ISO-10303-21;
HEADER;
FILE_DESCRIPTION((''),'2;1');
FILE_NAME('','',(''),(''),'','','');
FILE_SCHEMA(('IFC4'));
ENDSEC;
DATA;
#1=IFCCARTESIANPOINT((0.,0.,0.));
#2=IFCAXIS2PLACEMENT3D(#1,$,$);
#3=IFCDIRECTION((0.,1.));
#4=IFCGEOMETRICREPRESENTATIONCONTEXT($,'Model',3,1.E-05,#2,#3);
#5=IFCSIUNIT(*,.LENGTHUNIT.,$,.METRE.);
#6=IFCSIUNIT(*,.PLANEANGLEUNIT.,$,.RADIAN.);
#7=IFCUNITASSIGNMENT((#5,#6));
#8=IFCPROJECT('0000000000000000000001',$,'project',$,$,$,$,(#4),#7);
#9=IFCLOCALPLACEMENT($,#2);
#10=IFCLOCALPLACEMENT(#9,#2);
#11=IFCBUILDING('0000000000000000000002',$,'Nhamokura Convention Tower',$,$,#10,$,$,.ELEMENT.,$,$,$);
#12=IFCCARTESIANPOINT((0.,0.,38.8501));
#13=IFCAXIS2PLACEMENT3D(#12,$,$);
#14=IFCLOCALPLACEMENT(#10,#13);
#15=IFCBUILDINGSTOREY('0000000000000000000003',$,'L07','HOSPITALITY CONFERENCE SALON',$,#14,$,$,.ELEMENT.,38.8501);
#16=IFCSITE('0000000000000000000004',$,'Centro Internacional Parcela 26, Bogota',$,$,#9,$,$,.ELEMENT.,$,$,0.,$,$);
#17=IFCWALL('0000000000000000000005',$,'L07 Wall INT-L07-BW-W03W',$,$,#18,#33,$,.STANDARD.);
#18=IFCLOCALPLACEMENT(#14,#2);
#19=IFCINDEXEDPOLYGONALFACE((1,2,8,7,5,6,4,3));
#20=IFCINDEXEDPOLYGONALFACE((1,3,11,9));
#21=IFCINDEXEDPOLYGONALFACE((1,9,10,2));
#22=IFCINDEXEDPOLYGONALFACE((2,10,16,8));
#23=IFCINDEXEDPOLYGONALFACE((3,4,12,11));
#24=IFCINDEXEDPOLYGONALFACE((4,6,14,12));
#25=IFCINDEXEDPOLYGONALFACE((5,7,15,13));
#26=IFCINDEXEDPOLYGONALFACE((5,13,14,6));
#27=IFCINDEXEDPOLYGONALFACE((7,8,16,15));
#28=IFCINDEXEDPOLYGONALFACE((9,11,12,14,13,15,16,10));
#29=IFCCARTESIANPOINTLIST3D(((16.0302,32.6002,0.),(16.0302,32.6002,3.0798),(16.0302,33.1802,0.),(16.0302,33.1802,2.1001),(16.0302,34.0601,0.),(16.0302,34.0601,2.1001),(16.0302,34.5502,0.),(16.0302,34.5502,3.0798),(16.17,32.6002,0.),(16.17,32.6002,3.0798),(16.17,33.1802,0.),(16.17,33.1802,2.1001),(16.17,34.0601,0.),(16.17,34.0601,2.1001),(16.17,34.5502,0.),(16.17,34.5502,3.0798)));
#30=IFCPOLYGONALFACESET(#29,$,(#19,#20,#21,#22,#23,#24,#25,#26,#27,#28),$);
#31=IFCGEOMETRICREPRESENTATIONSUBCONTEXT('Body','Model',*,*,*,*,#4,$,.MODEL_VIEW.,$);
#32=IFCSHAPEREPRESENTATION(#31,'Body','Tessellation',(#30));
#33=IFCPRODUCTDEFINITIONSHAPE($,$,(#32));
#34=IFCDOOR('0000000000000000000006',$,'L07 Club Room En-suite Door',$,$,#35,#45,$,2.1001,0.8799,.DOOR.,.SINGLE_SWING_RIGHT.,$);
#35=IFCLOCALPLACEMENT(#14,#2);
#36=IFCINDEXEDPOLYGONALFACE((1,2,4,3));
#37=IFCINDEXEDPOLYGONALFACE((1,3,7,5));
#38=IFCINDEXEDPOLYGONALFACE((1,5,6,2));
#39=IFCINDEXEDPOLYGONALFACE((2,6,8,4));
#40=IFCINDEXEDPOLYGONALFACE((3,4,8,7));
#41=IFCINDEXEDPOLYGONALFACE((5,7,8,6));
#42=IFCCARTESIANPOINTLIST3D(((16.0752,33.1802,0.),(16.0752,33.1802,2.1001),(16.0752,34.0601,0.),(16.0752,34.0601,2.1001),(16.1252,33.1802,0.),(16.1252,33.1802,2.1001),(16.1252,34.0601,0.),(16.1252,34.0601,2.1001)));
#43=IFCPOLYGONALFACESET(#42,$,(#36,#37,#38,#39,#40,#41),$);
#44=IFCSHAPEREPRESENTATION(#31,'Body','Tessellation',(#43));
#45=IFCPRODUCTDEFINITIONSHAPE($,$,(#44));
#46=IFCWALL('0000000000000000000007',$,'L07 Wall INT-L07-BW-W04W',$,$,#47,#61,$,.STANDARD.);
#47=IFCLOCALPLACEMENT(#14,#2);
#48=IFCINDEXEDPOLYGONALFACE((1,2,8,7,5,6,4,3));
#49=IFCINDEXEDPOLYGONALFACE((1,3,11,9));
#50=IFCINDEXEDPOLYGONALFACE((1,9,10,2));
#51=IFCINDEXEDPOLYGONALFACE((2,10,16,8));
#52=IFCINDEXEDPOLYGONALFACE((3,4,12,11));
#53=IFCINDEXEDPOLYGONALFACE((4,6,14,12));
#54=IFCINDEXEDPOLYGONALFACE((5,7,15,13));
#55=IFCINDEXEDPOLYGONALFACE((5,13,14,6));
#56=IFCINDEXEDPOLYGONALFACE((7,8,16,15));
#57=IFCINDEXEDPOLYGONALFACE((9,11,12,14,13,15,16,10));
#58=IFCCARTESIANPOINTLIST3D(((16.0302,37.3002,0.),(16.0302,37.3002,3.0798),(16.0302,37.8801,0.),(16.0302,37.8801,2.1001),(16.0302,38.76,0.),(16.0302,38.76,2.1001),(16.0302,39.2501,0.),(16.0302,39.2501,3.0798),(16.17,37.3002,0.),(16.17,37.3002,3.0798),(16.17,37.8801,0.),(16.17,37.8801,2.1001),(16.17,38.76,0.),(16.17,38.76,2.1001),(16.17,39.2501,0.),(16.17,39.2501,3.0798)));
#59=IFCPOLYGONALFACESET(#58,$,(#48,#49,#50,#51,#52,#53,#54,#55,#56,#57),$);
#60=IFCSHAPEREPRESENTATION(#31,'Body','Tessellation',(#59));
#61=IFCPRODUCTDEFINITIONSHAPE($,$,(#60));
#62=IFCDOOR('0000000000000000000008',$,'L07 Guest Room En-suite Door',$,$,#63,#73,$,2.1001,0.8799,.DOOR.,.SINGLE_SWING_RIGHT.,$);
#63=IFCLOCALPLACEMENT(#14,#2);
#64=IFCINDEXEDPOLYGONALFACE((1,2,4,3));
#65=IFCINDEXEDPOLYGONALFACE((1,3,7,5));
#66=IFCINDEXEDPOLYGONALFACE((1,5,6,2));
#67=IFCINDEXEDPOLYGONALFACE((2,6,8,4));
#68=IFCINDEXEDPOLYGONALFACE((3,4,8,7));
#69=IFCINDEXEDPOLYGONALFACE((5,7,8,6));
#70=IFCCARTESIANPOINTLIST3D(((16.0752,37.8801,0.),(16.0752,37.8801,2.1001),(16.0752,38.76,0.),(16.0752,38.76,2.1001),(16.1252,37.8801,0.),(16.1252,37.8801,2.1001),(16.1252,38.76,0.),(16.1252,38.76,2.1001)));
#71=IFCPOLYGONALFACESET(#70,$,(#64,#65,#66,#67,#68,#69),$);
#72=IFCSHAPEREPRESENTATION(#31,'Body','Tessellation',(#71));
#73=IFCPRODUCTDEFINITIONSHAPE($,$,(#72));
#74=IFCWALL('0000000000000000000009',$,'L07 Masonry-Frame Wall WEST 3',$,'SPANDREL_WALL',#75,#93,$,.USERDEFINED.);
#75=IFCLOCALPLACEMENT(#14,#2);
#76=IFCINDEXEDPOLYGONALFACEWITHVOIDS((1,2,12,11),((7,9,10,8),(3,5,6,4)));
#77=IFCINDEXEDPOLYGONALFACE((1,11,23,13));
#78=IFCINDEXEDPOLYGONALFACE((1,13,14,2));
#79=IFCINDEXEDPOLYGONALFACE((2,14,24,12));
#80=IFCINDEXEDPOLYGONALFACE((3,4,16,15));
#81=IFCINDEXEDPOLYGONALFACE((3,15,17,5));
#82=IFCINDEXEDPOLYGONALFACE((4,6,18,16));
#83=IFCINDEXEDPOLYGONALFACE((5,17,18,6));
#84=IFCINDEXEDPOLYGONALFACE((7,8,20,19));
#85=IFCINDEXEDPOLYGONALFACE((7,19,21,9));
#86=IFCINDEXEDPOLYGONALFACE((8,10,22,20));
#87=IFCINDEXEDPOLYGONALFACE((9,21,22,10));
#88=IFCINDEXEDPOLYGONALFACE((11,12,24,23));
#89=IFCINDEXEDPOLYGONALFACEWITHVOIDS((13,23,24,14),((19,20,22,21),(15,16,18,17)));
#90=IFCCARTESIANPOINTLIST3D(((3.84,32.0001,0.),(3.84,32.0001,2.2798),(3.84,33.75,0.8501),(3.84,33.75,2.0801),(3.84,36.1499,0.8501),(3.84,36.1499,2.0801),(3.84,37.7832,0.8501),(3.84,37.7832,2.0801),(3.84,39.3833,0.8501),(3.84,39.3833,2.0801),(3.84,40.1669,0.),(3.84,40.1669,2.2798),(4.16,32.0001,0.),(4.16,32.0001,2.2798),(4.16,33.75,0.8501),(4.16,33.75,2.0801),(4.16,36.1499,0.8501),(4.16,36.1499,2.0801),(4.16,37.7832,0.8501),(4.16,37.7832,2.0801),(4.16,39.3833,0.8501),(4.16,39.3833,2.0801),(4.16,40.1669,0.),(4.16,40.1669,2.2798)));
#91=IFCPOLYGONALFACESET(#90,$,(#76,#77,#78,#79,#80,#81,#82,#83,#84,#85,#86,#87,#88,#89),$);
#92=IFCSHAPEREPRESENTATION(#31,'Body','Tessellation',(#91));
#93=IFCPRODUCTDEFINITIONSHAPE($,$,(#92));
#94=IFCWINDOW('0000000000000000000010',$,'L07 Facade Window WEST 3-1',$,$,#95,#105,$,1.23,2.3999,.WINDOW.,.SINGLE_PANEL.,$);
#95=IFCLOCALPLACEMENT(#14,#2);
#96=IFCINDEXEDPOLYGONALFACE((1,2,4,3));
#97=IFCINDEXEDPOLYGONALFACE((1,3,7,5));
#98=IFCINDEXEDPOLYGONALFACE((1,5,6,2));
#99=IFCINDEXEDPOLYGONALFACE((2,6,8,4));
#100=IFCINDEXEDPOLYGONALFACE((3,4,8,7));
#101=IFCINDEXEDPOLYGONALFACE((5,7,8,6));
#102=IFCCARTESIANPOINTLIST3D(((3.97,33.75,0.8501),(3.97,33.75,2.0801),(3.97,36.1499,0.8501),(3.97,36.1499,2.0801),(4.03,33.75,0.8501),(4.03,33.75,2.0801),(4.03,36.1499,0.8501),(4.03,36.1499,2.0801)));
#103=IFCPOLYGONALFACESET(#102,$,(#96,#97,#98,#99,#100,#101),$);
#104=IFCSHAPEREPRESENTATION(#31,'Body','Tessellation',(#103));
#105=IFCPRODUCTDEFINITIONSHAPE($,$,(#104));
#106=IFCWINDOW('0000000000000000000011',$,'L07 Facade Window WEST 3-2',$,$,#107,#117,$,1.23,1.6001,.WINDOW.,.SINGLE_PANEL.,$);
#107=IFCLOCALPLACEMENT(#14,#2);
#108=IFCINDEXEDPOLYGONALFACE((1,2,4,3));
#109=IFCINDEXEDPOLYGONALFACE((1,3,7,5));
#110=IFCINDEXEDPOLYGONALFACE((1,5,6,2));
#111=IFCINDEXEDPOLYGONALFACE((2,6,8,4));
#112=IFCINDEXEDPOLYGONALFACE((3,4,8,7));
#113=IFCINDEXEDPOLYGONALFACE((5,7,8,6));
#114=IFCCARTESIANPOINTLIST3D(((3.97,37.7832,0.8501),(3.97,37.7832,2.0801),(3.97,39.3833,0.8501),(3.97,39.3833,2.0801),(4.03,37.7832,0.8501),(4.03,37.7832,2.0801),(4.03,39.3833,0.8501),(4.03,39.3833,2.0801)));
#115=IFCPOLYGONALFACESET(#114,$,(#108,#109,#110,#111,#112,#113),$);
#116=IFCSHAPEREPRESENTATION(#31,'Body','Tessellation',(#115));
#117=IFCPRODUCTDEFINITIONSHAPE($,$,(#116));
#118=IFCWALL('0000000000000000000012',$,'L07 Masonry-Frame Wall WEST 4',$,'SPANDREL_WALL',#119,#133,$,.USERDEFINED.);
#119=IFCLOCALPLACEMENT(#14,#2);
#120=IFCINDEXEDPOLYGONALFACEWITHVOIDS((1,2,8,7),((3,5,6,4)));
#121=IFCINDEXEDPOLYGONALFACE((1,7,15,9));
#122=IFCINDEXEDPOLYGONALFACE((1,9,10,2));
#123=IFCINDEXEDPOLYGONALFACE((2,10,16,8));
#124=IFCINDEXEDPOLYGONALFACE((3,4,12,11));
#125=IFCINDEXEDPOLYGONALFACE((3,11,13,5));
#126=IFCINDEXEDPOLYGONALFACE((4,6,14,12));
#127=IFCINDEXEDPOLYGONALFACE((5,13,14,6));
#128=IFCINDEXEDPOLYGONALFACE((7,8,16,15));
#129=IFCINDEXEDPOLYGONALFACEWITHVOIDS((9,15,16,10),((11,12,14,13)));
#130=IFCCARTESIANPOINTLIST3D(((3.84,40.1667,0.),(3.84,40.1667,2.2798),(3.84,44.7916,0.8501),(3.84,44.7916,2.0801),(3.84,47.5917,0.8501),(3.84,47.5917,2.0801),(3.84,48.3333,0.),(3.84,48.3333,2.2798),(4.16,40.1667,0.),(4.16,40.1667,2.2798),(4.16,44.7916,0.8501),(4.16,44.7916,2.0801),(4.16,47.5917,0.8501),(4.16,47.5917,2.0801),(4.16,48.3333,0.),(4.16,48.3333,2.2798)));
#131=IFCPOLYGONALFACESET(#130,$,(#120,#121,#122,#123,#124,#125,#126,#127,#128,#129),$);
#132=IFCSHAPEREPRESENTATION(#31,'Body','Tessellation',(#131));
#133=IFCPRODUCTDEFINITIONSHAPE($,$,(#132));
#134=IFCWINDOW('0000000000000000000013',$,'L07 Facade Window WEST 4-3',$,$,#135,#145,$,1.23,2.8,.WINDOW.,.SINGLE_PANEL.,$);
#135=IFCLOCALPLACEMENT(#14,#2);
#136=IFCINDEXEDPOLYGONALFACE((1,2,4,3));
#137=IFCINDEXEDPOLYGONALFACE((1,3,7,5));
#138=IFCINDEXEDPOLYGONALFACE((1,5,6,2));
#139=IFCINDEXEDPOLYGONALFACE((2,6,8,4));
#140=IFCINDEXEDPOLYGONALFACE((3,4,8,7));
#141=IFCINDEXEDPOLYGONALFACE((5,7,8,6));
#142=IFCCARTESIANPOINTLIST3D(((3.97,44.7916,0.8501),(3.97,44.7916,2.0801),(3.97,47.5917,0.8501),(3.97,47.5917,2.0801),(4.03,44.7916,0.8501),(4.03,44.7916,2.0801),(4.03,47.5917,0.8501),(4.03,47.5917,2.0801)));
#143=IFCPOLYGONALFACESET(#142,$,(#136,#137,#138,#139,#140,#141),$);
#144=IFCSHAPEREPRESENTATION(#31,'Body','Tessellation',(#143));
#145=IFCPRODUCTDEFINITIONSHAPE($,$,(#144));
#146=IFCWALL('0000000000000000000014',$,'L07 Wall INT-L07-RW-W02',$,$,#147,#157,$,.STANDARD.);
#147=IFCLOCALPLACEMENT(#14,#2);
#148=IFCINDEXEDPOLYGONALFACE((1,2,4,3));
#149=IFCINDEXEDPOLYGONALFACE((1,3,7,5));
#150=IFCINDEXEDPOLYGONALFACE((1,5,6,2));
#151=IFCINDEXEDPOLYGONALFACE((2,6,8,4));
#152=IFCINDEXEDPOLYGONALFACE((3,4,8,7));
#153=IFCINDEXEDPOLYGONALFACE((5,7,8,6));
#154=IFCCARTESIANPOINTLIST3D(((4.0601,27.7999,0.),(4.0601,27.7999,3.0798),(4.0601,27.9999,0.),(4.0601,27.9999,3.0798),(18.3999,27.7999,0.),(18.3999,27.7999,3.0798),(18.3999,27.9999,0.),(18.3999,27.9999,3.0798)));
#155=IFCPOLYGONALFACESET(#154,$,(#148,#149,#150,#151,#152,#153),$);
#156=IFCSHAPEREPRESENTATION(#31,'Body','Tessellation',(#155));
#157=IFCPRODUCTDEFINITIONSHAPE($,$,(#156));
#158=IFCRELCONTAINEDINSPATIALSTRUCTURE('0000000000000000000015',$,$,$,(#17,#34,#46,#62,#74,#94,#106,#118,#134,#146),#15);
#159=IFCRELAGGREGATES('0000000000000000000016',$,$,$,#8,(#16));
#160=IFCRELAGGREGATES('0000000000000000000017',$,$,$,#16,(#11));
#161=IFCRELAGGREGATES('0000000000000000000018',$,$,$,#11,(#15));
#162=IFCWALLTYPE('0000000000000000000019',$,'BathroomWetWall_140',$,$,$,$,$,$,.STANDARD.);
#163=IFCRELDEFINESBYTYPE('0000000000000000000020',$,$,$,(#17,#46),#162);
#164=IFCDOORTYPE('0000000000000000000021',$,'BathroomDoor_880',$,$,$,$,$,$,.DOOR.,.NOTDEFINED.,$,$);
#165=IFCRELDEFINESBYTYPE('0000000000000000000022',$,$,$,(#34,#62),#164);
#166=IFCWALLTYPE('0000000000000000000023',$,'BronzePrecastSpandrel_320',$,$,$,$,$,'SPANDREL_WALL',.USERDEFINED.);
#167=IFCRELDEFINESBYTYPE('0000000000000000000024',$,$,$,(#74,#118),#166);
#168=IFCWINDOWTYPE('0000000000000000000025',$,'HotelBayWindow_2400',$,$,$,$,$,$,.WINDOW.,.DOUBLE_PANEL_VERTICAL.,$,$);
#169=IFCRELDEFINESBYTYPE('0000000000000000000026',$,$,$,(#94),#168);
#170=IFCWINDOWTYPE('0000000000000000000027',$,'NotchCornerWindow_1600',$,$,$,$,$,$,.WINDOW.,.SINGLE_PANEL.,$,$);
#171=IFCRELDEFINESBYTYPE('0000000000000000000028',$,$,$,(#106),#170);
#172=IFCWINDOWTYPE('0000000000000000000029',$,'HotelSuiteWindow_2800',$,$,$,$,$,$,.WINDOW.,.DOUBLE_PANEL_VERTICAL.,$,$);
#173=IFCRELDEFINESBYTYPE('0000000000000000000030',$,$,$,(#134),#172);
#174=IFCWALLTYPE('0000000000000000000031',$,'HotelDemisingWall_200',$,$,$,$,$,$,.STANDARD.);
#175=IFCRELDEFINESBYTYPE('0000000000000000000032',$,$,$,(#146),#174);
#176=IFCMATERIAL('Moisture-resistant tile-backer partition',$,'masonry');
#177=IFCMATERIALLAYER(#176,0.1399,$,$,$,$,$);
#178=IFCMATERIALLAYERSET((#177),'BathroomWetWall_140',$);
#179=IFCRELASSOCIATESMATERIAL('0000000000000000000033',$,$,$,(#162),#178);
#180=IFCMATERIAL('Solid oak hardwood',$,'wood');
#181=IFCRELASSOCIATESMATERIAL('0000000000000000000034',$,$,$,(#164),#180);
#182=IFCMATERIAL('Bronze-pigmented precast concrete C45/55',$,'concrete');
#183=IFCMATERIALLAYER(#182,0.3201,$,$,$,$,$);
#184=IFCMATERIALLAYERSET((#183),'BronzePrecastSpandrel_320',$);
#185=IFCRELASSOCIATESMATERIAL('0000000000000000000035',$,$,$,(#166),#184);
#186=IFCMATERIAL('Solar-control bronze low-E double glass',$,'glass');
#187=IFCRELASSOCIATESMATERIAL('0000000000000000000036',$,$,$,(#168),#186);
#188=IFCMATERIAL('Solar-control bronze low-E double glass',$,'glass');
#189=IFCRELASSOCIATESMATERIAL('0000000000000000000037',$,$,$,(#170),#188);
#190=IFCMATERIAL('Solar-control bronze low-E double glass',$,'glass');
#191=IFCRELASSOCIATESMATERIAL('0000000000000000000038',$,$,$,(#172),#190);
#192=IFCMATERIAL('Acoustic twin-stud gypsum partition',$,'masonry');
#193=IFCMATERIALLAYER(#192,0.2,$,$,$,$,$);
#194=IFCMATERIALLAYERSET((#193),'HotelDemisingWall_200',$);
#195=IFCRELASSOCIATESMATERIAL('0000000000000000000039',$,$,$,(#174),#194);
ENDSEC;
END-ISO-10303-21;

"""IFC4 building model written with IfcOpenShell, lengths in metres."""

from ifc_helpers import new_model, si_unit, direction, frame, frame_2d, origin, place, context, subcontext, project, spatial, rectangle, extrude, material, layer, layer_set, type_object, element, fill, save


model = new_model("IFC4")

# Units and contexts
model_context = context("Model", 3, precision=1e-05, world=origin(), true_north=direction((0.0, 1.0)))
body_context = subcontext(model_context, "Body", "Model", "MODEL_VIEW")
ifc_project = project(units=[si_unit("LENGTHUNIT", "METRE"), si_unit("PLANEANGLEUNIT", "RADIAN")], contexts=[model_context])

# Site, building, storey
site_placement = place(None, origin())
site = spatial("IfcSite", under=ifc_project, at=site_placement, Name="Centro Internacional Parcela 26, Bogota", CompositionType="ELEMENT", RefElevation=0.0)
building_placement = place(site_placement, origin())
building = spatial("IfcBuilding", under=site, at=building_placement, Name="Nhamokura Convention Tower", CompositionType="ELEMENT")
storey_placement = place(building_placement, frame((0.0, 0.0, 38.8501)))
storey = spatial("IfcBuildingStorey", under=building, at=storey_placement, Name="L07", Description="HOSPITALITY CONFERENCE SALON", CompositionType="ELEMENT", Elevation=38.8501)

# Shared definitions
ifc_material_1 = material(Name="Moisture-resistant tile-backer partition", Category="masonry")
ifc_layer_1 = layer(ifc_material_1, 0.1399)
ifc_layer_set_1 = layer_set([ifc_layer_1], Name="BathroomWetWall_140")
wall_type_1 = type_object("IfcWallType", Name="BathroomWetWall_140", PredefinedType="STANDARD", material=ifc_layer_set_1)

# Shared definitions
ifc_material_2 = material(Name="Solid oak hardwood", Category="wood")
door_type = type_object("IfcDoorType", Name="BathroomDoor_880", OperationType="NOTDEFINED", PredefinedType="DOOR", material=ifc_material_2)

# Walls, openings, doors
wall_1_placement = place(storey_placement, frame((16.1001, 32.6001, 0.0), z_axis=(0.0, 0.0, 1.0), x_axis=(0.0, 1.0, 0.0)))
wall_1 = element("IfcWall", 1, at=wall_1_placement, inside=storey, type_object=wall_type_1, Name="L07 Wall INT-L07-BW-W03W", PredefinedType="STANDARD", context=body_context, shape_type="SweptSolid", body=[
    extrude(rectangle(XDim=1.95, YDim=0.1399, at=frame_2d((0.9751, 0.0))), origin(), (0.0, 0.0, 1.0), 3.0798),
])
opening_1_placement = place(wall_1_placement, frame((0.5801, 0.0, 0.0)))
opening_1 = element("IfcOpeningElement", 2, at=opening_1_placement, cuts=wall_1, PredefinedType="OPENING", context=body_context, shape_type="SweptSolid", body=[
    extrude(rectangle(XDim=0.8799, YDim=2.1001, at=frame_2d((0.4399, 1.05))), frame((0.0, 0.0798, 0.0), z_axis=(0.0, -1.0, 0.0), x_axis=(1.0, 0.0, 0.0)), (0.0, 0.0, 1.0), 0.1599),
])
door_1_placement = place(opening_1_placement, origin())
door_1 = element("IfcDoor", 3, at=door_1_placement, inside=storey, type_object=door_type, Name="L07 Club Room En-suite Door", OperationType="SINGLE_SWING_RIGHT", OverallHeight=2.1001, OverallWidth=0.8799, PredefinedType="DOOR", context=body_context, shape_type="SweptSolid", body=[
    extrude(rectangle(XDim=0.8799, YDim=2.1001, at=frame_2d((0.4399, 1.05))), frame((0.0, 0.0249, 0.0), z_axis=(0.0, -1.0, 0.0), x_axis=(1.0, 0.0, 0.0)), (0.0, 0.0, 1.0), 0.05),
])
fill(opening_1, door_1)
wall_2_placement = place(storey_placement, frame((16.1001, 37.3, 0.0), z_axis=(0.0, 0.0, 1.0), x_axis=(0.0, 1.0, 0.0)))
wall_2 = element("IfcWall", 4, at=wall_2_placement, inside=storey, type_object=wall_type_1, Name="L07 Wall INT-L07-BW-W04W", PredefinedType="STANDARD", context=body_context, shape_type="SweptSolid", body=[
    extrude(rectangle(XDim=1.95, YDim=0.1399, at=frame_2d((0.9751, 0.0))), origin(), (0.0, 0.0, 1.0), 3.0798),
])
opening_2_placement = place(wall_2_placement, frame((0.5801, 0.0, 0.0)))
opening_2 = element("IfcOpeningElement", 5, at=opening_2_placement, cuts=wall_2, PredefinedType="OPENING", context=body_context, shape_type="SweptSolid", body=[
    extrude(rectangle(XDim=0.8799, YDim=2.1001, at=frame_2d((0.4399, 1.05))), frame((0.0, 0.0798, 0.0), z_axis=(0.0, -1.0, 0.0), x_axis=(1.0, 0.0, 0.0)), (0.0, 0.0, 1.0), 0.1599),
])
door_2_placement = place(opening_2_placement, origin())
door_2 = element("IfcDoor", 6, at=door_2_placement, inside=storey, type_object=door_type, Name="L07 Guest Room En-suite Door", OperationType="SINGLE_SWING_RIGHT", OverallHeight=2.1001, OverallWidth=0.8799, PredefinedType="DOOR", context=body_context, shape_type="SweptSolid", body=[
    extrude(rectangle(XDim=0.8799, YDim=2.1001, at=frame_2d((0.4399, 1.05))), frame((0.0, 0.0249, 0.0), z_axis=(0.0, -1.0, 0.0), x_axis=(1.0, 0.0, 0.0)), (0.0, 0.0, 1.0), 0.05),
])
fill(opening_2, door_2)

# Wall, openings, windows
ifc_material_3 = material(Name="Bronze-pigmented precast concrete C45/55", Category="concrete")
ifc_layer_2 = layer(ifc_material_3, 0.3201)
ifc_layer_set_2 = layer_set([ifc_layer_2], Name="BronzePrecastSpandrel_320")
wall_type_2 = type_object("IfcWallType", Name="BronzePrecastSpandrel_320", ElementType="SPANDREL_WALL", PredefinedType="USERDEFINED", material=ifc_layer_set_2)
wall_3_placement = place(storey_placement, frame((4.0, 32.0, 0.0), z_axis=(0.0, 0.0, 1.0), x_axis=(0.0, 1.0, 0.0)))
wall_3 = element("IfcWall", 7, at=wall_3_placement, inside=storey, type_object=wall_type_2, Name="L07 Masonry-Frame Wall WEST 3", ObjectType="SPANDREL_WALL", PredefinedType="USERDEFINED", context=body_context, shape_type="SweptSolid", body=[
    extrude(rectangle(XDim=8.1667, YDim=0.3201, at=frame_2d((4.0835, 0.0))), origin(), (0.0, 0.0, 1.0), 2.2798),
])
opening_3_placement = place(wall_3_placement, frame((1.75, 0.0, 0.8501)))
opening_3 = element("IfcOpeningElement", 8, at=opening_3_placement, cuts=wall_3, PredefinedType="OPENING", context=body_context, shape_type="SweptSolid", body=[
    extrude(rectangle(XDim=2.3999, YDim=1.23, at=frame_2d((1.2, 0.615))), frame((0.0, 0.1699, 0.0), z_axis=(0.0, -1.0, 0.0), x_axis=(1.0, 0.0, 0.0)), (0.0, 0.0, 1.0), 0.3401),
])
opening_4_placement = place(wall_3_placement, frame((5.7832, 0.0, 0.8501)))
opening_4 = element("IfcOpeningElement", 9, at=opening_4_placement, cuts=wall_3, PredefinedType="OPENING", context=body_context, shape_type="SweptSolid", body=[
    extrude(rectangle(XDim=1.6001, YDim=1.23, at=frame_2d((0.8, 0.615))), frame((0.0, 0.1699, 0.0), z_axis=(0.0, -1.0, 0.0), x_axis=(1.0, 0.0, 0.0)), (0.0, 0.0, 1.0), 0.3401),
])
ifc_material_4 = material(Name="Solar-control bronze low-E double glass", Category="glass")
window_type_1 = type_object("IfcWindowType", Name="HotelBayWindow_2400", PartitioningType="DOUBLE_PANEL_VERTICAL", PredefinedType="WINDOW", material=ifc_material_4)
window_1_placement = place(opening_3_placement, origin())
window_1 = element("IfcWindow", 10, at=window_1_placement, inside=storey, type_object=window_type_1, Name="L07 Facade Window WEST 3-1", OverallHeight=1.23, OverallWidth=2.3999, PartitioningType="SINGLE_PANEL", PredefinedType="WINDOW", context=body_context, shape_type="SweptSolid", body=[
    extrude(rectangle(XDim=2.3999, YDim=1.23, at=frame_2d((1.2, 0.615))), frame((0.0, 0.03, 0.0), z_axis=(0.0, -1.0, 0.0), x_axis=(1.0, 0.0, 0.0)), (0.0, 0.0, 1.0), 0.0601),
])
fill(opening_3, window_1)
ifc_material_5 = material(Name="Solar-control bronze low-E double glass", Category="glass")
window_type_2 = type_object("IfcWindowType", Name="NotchCornerWindow_1600", PartitioningType="SINGLE_PANEL", PredefinedType="WINDOW", material=ifc_material_5)
window_2_placement = place(opening_4_placement, origin())
window_2 = element("IfcWindow", 11, at=window_2_placement, inside=storey, type_object=window_type_2, Name="L07 Facade Window WEST 3-2", OverallHeight=1.23, OverallWidth=1.6001, PartitioningType="SINGLE_PANEL", PredefinedType="WINDOW", context=body_context, shape_type="SweptSolid", body=[
    extrude(rectangle(XDim=1.6001, YDim=1.23, at=frame_2d((0.8, 0.615))), frame((0.0, 0.03, 0.0), z_axis=(0.0, -1.0, 0.0), x_axis=(1.0, 0.0, 0.0)), (0.0, 0.0, 1.0), 0.0601),
])
fill(opening_4, window_2)

# Wall, opening, window
wall_4_placement = place(storey_placement, frame((4.0, 40.1667, 0.0), z_axis=(0.0, 0.0, 1.0), x_axis=(0.0, 1.0, 0.0)))
wall_4 = element("IfcWall", 12, at=wall_4_placement, inside=storey, type_object=wall_type_2, Name="L07 Masonry-Frame Wall WEST 4", ObjectType="SPANDREL_WALL", PredefinedType="USERDEFINED", context=body_context, shape_type="SweptSolid", body=[
    extrude(rectangle(XDim=8.1665, YDim=0.3201, at=frame_2d((4.0833, 0.0))), origin(), (0.0, 0.0, 1.0), 2.2798),
])
opening_5_placement = place(wall_4_placement, frame((4.625, 0.0, 0.8501)))
opening_5 = element("IfcOpeningElement", 13, at=opening_5_placement, cuts=wall_4, PredefinedType="OPENING", context=body_context, shape_type="SweptSolid", body=[
    extrude(rectangle(XDim=2.8, YDim=1.23, at=frame_2d((1.3999, 0.615))), frame((0.0, 0.1699, 0.0), z_axis=(0.0, -1.0, 0.0), x_axis=(1.0, 0.0, 0.0)), (0.0, 0.0, 1.0), 0.3401),
])
ifc_material_6 = material(Name="Solar-control bronze low-E double glass", Category="glass")
window_type_3 = type_object("IfcWindowType", Name="HotelSuiteWindow_2800", PartitioningType="DOUBLE_PANEL_VERTICAL", PredefinedType="WINDOW", material=ifc_material_6)
window_3_placement = place(opening_5_placement, origin())
window_3 = element("IfcWindow", 14, at=window_3_placement, inside=storey, type_object=window_type_3, Name="L07 Facade Window WEST 4-3", OverallHeight=1.23, OverallWidth=2.8, PartitioningType="SINGLE_PANEL", PredefinedType="WINDOW", context=body_context, shape_type="SweptSolid", body=[
    extrude(rectangle(XDim=2.8, YDim=1.23, at=frame_2d((1.3999, 0.615))), frame((0.0, 0.03, 0.0), z_axis=(0.0, -1.0, 0.0), x_axis=(1.0, 0.0, 0.0)), (0.0, 0.0, 1.0), 0.0601),
])
fill(opening_5, window_3)

# Wall
ifc_material_7 = material(Name="Acoustic twin-stud gypsum partition", Category="masonry")
ifc_layer_3 = layer(ifc_material_7, 0.2)
ifc_layer_set_3 = layer_set([ifc_layer_3], Name="HotelDemisingWall_200")
wall_type_3 = type_object("IfcWallType", Name="HotelDemisingWall_200", PredefinedType="STANDARD", material=ifc_layer_set_3)
for number, where, z_axis, x_axis, name in (
    (15, (4.0601, 27.8999, 0.0), (0.0, 0.0, 1.0), (1.0, 0.0, 0.0), "L07 Wall INT-L07-RW-W02"),
):
    element("IfcWall", number, at=place(storey_placement, frame(where, z_axis=z_axis, x_axis=x_axis)), inside=storey, type_object=wall_type_3, Name=name, PredefinedType="STANDARD", context=body_context, shape_type="SweptSolid", body=[
        extrude(rectangle(XDim=14.3398, YDim=0.2, at=frame_2d((7.1699, 0.0))), origin(), (0.0, 0.0, 1.0), 3.0798),
    ])

save(model, "model.ifc")
